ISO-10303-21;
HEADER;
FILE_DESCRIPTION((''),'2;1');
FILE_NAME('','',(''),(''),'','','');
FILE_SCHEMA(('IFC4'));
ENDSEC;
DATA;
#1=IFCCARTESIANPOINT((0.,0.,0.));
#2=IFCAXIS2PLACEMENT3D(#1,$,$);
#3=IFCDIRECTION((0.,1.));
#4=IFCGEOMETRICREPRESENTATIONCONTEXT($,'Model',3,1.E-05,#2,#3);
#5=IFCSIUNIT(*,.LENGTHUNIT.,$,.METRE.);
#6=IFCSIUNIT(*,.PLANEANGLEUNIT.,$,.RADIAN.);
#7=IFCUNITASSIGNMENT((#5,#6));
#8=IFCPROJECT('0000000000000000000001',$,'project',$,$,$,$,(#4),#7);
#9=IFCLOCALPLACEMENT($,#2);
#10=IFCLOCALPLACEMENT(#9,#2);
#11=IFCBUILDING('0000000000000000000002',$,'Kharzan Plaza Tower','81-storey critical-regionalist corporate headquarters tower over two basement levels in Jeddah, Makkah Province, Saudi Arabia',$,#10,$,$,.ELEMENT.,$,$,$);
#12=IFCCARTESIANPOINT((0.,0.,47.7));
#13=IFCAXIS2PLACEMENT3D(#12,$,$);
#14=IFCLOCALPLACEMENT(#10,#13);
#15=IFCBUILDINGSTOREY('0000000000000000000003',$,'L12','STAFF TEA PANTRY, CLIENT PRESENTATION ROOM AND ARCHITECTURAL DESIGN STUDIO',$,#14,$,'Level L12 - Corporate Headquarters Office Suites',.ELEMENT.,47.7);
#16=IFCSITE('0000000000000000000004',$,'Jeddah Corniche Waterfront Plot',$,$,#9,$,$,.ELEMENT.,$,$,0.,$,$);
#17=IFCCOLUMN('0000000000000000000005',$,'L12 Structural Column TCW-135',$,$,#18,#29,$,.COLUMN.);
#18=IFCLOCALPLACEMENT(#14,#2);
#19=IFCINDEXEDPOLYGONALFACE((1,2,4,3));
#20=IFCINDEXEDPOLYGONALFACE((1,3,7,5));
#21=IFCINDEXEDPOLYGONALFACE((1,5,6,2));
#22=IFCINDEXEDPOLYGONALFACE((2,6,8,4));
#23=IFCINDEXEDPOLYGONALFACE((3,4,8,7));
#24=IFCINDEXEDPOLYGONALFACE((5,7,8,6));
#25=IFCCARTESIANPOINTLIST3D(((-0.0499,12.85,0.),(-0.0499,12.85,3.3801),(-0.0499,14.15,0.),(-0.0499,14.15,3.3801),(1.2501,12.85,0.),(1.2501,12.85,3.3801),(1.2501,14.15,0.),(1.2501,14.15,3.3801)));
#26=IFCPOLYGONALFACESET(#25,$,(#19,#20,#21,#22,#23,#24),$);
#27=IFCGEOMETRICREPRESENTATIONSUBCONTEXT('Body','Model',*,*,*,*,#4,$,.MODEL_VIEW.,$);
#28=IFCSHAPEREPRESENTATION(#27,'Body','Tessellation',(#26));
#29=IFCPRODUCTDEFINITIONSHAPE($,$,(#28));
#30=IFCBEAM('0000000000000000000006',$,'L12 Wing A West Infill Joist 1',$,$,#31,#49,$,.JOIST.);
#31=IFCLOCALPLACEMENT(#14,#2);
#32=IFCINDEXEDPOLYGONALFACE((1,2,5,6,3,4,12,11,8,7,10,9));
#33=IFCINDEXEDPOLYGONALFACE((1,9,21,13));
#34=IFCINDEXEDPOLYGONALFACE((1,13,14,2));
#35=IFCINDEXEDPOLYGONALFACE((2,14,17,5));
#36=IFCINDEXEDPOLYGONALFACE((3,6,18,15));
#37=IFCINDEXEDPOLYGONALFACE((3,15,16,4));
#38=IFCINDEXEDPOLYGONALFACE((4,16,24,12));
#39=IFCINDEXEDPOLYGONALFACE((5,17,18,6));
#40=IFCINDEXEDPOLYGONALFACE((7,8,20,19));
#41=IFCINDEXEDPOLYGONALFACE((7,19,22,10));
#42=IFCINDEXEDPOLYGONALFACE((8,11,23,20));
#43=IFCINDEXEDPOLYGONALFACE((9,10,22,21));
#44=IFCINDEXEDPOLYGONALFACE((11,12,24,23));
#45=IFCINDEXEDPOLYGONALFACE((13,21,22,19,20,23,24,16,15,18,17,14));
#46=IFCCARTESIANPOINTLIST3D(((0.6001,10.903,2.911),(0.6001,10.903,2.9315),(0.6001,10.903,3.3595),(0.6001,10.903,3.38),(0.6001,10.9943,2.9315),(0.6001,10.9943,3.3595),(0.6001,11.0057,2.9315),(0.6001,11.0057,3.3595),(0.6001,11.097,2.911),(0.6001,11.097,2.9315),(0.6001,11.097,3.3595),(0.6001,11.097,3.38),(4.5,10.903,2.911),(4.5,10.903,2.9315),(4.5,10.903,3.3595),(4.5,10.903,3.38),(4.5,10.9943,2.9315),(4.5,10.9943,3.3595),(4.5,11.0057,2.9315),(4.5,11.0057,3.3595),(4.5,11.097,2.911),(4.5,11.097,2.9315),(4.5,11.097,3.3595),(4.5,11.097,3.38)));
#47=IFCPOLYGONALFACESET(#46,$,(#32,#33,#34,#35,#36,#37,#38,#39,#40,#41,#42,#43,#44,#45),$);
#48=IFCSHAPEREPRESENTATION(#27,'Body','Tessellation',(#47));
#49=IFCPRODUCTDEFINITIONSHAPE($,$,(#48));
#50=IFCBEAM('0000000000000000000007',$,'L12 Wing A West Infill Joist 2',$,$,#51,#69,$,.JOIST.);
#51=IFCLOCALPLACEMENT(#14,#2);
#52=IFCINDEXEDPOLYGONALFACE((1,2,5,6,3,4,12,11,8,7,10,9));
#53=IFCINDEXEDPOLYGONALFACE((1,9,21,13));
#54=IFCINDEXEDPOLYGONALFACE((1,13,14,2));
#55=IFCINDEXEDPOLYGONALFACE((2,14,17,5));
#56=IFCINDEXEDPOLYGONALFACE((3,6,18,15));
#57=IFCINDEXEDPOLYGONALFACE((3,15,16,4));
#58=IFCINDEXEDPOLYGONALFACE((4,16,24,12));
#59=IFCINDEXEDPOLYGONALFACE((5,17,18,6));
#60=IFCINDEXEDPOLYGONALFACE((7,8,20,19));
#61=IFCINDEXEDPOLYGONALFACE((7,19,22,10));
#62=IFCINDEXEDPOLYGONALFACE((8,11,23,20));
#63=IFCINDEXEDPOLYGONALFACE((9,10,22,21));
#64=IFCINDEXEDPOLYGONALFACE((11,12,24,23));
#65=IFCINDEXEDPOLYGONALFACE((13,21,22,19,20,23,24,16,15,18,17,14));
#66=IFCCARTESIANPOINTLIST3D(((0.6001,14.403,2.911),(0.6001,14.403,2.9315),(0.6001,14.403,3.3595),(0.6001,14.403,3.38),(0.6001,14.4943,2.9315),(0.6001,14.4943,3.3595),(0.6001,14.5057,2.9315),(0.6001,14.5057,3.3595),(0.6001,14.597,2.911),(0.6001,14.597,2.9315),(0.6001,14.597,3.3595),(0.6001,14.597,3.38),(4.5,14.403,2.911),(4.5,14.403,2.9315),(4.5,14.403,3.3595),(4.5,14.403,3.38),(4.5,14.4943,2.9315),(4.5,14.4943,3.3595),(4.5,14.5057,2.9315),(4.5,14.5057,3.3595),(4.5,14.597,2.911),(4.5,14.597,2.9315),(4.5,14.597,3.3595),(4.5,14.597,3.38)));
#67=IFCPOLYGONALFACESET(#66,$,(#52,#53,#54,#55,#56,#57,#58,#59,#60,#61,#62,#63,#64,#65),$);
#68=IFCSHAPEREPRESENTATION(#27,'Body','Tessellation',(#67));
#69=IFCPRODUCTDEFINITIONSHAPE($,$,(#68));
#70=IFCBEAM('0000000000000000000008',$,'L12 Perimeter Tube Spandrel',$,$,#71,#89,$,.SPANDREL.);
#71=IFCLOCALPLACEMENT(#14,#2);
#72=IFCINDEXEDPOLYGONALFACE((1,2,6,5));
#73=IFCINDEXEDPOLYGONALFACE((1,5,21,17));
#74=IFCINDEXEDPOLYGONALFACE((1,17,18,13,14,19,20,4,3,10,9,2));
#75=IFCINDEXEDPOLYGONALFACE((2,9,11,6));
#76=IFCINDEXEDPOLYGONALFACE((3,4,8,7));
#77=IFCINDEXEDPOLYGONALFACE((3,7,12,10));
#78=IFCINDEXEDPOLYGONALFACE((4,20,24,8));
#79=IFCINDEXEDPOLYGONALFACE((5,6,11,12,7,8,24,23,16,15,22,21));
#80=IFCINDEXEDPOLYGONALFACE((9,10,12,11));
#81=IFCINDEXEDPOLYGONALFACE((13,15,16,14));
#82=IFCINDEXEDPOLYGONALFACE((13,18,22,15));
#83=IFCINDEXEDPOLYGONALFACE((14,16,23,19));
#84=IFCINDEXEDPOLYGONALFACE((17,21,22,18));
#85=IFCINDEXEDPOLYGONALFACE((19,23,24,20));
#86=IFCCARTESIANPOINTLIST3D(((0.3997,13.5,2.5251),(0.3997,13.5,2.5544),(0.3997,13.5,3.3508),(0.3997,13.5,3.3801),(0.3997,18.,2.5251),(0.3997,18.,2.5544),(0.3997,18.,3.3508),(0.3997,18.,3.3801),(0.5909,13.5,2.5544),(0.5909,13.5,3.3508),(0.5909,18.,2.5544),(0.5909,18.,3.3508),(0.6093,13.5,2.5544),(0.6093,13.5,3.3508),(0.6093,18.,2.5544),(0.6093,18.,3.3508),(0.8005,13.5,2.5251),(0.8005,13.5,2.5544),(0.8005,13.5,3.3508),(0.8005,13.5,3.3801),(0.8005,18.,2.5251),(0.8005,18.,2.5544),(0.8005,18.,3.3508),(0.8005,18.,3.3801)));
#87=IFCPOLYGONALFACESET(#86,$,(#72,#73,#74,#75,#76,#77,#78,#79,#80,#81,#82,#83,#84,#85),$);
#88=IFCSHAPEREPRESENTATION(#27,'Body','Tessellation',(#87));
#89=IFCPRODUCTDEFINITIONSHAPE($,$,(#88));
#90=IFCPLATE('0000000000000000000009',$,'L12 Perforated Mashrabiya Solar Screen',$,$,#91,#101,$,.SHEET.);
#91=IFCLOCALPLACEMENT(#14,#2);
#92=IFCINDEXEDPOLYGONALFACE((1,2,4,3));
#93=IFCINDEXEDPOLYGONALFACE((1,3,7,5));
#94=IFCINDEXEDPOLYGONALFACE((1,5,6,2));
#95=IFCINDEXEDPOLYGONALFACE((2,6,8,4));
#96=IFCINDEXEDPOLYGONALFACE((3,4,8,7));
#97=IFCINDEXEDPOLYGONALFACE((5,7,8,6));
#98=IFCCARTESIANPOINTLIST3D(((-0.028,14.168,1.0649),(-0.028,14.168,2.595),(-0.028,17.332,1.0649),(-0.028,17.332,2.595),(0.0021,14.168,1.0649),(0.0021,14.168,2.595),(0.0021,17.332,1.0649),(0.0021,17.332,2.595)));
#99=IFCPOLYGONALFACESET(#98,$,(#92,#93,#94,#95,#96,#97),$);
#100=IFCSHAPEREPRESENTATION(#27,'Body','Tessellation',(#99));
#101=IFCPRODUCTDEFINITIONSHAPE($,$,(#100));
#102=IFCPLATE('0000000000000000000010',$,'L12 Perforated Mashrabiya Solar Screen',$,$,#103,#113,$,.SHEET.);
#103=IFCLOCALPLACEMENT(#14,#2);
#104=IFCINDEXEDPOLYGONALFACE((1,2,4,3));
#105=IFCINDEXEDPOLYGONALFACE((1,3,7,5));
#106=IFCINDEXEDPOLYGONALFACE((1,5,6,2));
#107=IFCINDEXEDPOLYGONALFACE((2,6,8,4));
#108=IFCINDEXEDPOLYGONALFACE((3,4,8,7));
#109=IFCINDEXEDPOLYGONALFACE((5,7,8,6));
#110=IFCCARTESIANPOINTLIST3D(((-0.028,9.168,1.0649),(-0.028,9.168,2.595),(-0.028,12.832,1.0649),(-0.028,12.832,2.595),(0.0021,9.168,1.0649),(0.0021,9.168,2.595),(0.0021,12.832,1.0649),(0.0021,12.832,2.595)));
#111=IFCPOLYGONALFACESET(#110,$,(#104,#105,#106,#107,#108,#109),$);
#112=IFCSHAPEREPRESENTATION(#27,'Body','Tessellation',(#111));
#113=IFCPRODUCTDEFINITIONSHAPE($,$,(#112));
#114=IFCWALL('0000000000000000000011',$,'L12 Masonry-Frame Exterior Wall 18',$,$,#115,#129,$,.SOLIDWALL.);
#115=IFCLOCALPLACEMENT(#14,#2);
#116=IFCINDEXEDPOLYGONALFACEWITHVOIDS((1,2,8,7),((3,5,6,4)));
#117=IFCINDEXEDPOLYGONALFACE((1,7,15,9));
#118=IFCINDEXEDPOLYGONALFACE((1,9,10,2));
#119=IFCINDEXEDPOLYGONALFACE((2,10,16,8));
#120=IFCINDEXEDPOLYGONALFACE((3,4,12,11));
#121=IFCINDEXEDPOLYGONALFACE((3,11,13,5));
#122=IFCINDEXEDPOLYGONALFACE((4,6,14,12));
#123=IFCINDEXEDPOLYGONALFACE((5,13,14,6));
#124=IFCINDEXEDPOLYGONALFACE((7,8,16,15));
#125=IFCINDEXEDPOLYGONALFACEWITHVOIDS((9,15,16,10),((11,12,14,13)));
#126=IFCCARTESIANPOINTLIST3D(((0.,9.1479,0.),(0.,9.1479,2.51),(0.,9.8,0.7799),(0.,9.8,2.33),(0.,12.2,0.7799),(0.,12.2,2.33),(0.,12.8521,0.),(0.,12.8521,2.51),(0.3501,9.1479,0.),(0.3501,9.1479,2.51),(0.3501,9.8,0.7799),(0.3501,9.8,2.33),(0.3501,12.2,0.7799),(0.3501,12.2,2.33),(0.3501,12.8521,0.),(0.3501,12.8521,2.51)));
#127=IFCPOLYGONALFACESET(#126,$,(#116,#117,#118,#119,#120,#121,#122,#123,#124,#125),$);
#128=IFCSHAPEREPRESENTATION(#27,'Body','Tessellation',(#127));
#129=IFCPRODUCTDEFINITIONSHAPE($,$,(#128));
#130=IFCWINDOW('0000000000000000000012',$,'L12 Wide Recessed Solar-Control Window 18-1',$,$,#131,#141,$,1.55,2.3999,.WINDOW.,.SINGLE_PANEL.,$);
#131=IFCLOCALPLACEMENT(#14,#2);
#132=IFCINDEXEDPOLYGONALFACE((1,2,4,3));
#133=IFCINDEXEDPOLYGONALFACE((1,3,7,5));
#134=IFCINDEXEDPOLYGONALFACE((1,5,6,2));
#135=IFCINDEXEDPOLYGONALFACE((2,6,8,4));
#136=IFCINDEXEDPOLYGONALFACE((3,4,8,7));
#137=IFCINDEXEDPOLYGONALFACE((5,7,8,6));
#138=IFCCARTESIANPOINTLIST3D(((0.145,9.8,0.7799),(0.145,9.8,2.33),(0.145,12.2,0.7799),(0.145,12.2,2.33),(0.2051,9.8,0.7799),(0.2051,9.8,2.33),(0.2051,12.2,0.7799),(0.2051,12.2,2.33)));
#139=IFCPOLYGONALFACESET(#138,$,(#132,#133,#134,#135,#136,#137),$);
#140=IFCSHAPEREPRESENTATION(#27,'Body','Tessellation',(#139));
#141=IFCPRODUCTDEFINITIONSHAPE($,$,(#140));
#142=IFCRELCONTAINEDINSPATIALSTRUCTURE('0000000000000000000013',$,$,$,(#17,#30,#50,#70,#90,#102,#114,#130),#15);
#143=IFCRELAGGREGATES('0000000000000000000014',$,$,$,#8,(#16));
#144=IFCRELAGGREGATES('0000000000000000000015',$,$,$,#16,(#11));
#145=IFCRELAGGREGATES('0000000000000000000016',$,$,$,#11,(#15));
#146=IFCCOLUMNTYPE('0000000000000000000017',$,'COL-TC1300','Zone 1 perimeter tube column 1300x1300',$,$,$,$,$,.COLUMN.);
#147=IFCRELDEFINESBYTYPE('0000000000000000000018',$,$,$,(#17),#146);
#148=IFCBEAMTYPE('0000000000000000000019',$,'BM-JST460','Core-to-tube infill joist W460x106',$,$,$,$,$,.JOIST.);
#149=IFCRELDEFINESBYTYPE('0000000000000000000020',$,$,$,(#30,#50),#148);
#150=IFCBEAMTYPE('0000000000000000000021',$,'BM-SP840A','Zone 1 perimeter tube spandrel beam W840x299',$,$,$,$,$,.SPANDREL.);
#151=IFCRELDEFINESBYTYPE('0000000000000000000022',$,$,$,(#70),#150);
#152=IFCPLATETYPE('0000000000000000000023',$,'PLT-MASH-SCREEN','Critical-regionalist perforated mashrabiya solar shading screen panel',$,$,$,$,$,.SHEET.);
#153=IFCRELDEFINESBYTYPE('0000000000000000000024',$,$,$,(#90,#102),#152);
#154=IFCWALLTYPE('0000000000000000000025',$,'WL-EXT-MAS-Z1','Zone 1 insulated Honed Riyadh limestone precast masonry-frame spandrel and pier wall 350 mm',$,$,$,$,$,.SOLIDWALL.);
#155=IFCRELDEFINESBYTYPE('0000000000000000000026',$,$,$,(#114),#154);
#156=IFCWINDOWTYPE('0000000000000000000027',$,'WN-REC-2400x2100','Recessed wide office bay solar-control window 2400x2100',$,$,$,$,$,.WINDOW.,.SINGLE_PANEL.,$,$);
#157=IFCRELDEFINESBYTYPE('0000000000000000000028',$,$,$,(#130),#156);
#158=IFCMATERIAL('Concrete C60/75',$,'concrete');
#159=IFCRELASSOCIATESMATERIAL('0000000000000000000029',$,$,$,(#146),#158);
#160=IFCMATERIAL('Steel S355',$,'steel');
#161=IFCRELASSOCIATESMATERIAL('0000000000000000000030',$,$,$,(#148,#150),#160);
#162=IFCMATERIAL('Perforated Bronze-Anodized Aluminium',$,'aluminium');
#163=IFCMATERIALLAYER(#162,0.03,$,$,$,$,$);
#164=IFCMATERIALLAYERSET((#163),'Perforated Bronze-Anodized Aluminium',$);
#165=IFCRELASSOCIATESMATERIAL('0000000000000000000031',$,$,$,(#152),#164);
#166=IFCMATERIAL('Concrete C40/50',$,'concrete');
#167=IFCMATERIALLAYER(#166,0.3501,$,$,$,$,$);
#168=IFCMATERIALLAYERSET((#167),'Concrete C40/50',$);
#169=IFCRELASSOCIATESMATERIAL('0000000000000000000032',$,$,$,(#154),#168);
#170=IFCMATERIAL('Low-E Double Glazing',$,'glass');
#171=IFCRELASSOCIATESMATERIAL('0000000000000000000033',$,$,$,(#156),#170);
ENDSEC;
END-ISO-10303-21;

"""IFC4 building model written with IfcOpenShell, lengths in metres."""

from ifc_helpers import new_model, si_unit, direction, frame, frame_2d, origin, origin_2d, place, context, subcontext, project, spatial, rectangle, i_section, extrude, source, transform, mapped, material, layer, layer_set, material_profile, profile_set, type_object, element, fill, save


model = new_model("IFC4")

# Units and contexts
model_context = context("Model", 3, precision=1e-05, world=origin(), true_north=direction((0.0, 1.0)))
body_context = subcontext(model_context, "Body", "Model", "MODEL_VIEW")
ifc_project = project(units=[si_unit("LENGTHUNIT", "METRE"), si_unit("PLANEANGLEUNIT", "RADIAN")], contexts=[model_context])

# Site, building, storey
site_placement = place(None, origin())
site = spatial("IfcSite", under=ifc_project, at=site_placement, Name="Jeddah Corniche Waterfront Plot", CompositionType="ELEMENT", RefElevation=0.0)
building_placement = place(site_placement, origin())
building = spatial("IfcBuilding", under=site, at=building_placement, Name="Kharzan Plaza Tower", Description="81-storey critical-regionalist corporate headquarters tower over two basement levels in Jeddah, Makkah Province, Saudi Arabia", CompositionType="ELEMENT")
storey_placement = place(building_placement, frame((0.0, 0.0, 47.7)))
storey = spatial("IfcBuildingStorey", under=building, at=storey_placement, Name="L12", Description="STAFF TEA PANTRY, CLIENT PRESENTATION ROOM AND ARCHITECTURAL DESIGN STUDIO", LongName="Level L12 - Corporate Headquarters Office Suites", CompositionType="ELEMENT", Elevation=47.7)

# Column
ifc_material_1 = material(Name="Concrete C60/75", Category="concrete")
ifc_material_profile_1 = material_profile(ifc_material_1, rectangle(XDim=1.3, YDim=1.3, at=origin_2d()), Name="RC-TC1300x1300")
ifc_profile_set_1 = profile_set([ifc_material_profile_1], Name="Concrete C60/75")
column_type = type_object("IfcColumnType", Name="COL-TC1300", Description="Zone 1 perimeter tube column 1300x1300", PredefinedType="COLUMN", material=ifc_profile_set_1)
shared_shape_1 = source(origin(), body_context, "Body", "SweptSolid", [
    extrude(rectangle(XDim=1.3, YDim=1.3, at=origin_2d()), origin(), (0.0, 0.0, 1.0), 3.3801),
])
column_placement = place(storey_placement, frame((0.6001, 13.5, 0.0), z_axis=(0.0, 0.0, 1.0), x_axis=(1.0, 0.0, 0.0)))
element("IfcColumn", 1, at=column_placement, inside=storey, type_object=column_type, Name="L12 Structural Column TCW-135", PredefinedType="COLUMN", context=body_context, shape_type="MappedRepresentation", body=[
    mapped(shared_shape_1, transform((0.0, 0.0, 0.0), x_axis=(1.0, 0.0, 0.0), y_axis=(0.0, 1.0, 0.0), z_axis=(0.0, 0.0, 1.0))),
])

# Beams
ifc_material_2 = material(Name="Steel S355", Category="steel")
ifc_material_profile_2 = material_profile(ifc_material_2, i_section(OverallWidth=0.1941, OverallDepth=0.469, WebThickness=0.0115, FlangeThickness=0.0205, at=origin_2d()), Name="W460x106")
ifc_profile_set_2 = profile_set([ifc_material_profile_2], Name="Steel S355")
beam_type_1 = type_object("IfcBeamType", Name="BM-JST460", Description="Core-to-tube infill joist W460x106", PredefinedType="JOIST", material=ifc_profile_set_2)
shared_shape_2 = source(origin(), body_context, "Body", "SweptSolid", [
    extrude(i_section(OverallWidth=0.1941, OverallDepth=0.469, WebThickness=0.0115, FlangeThickness=0.0205, at=origin_2d()), origin(), (0.0, 0.0, 1.0), 3.8999),
])
for number, where, z_axis, x_axis, name in (
    (2, (0.6001, 11.0, 3.1455), (1.0, 0.0, 0.0), (0.0, 1.0, 0.0), "L12 Wing A West Infill Joist 1"),
    (3, (0.6001, 14.5, 3.1455), (1.0, 0.0, 0.0), (0.0, 1.0, 0.0), "L12 Wing A West Infill Joist 2"),
):
    element("IfcBeam", number, at=place(storey_placement, frame(where, z_axis=z_axis, x_axis=x_axis)), inside=storey, type_object=beam_type_1, Name=name, PredefinedType="JOIST", context=body_context, shape_type="MappedRepresentation", body=[
        mapped(shared_shape_2, transform((0.0, 0.0, 0.0), x_axis=(1.0, 0.0, 0.0), y_axis=(0.0, 1.0, 0.0), z_axis=(0.0, 0.0, 1.0))),
    ])
ifc_material_profile_3 = material_profile(ifc_material_2, i_section(OverallWidth=0.4009, OverallDepth=0.855, WebThickness=0.0183, FlangeThickness=0.0293, at=origin_2d()), Name="W840x299")
ifc_profile_set_3 = profile_set([ifc_material_profile_3], Name="Steel S355")
beam_type_2 = type_object("IfcBeamType", Name="BM-SP840A", Description="Zone 1 perimeter tube spandrel beam W840x299", PredefinedType="SPANDREL", material=ifc_profile_set_3)
shared_shape_3 = source(origin(), body_context, "Body", "SweptSolid", [
    extrude(i_section(OverallWidth=0.4009, OverallDepth=0.855, WebThickness=0.0183, FlangeThickness=0.0293, at=origin_2d()), origin(), (0.0, 0.0, 1.0), 4.5),
])
beam_placement = place(storey_placement, frame((0.6001, 13.5, 2.9526), z_axis=(0.0, 1.0, 0.0), x_axis=(-1.0, 0.0, 0.0)))
element("IfcBeam", 4, at=beam_placement, inside=storey, type_object=beam_type_2, Name="L12 Perimeter Tube Spandrel", PredefinedType="SPANDREL", context=body_context, shape_type="MappedRepresentation", body=[
    mapped(shared_shape_3, transform((0.0, 0.0, 0.0), x_axis=(1.0, 0.0, 0.0), y_axis=(0.0, 1.0, 0.0), z_axis=(0.0, 0.0, 1.0))),
])

# Plates
ifc_material_3 = material(Name="Perforated Bronze-Anodized Aluminium", Category="aluminium")
ifc_layer_1 = layer(ifc_material_3, 0.03)
ifc_layer_set_1 = layer_set([ifc_layer_1], Name="Perforated Bronze-Anodized Aluminium")
plate_type = type_object("IfcPlateType", Name="PLT-MASH-SCREEN", Description="Critical-regionalist perforated mashrabiya solar shading screen panel", PredefinedType="SHEET", material=ifc_layer_set_1)
shared_shape_4 = source(origin(), body_context, "Body", "SweptSolid", [
    extrude(rectangle(XDim=3.1641, YDim=0.03, at=origin_2d()), origin(), (0.0, 0.0, 1.0), 1.53),
])
plate_1_placement = place(storey_placement, frame((-0.0129, 15.75, 1.0649), z_axis=(0.0, 0.0, 1.0), x_axis=(0.0, -1.0, 0.0)))
element("IfcPlate", 5, at=plate_1_placement, inside=storey, type_object=plate_type, Name="L12 Perforated Mashrabiya Solar Screen", PredefinedType="SHEET", context=body_context, shape_type="MappedRepresentation", body=[
    mapped(shared_shape_4, transform((0.0, 0.0, 0.0), x_axis=(1.0, 0.0, 0.0), y_axis=(0.0, 1.0, 0.0), z_axis=(0.0, 0.0, 1.0))),
])
shared_shape_5 = source(origin(), body_context, "Body", "SweptSolid", [
    extrude(rectangle(XDim=3.6641, YDim=0.03, at=origin_2d()), origin(), (0.0, 0.0, 1.0), 1.53),
])
plate_2_placement = place(storey_placement, frame((-0.0129, 11.0, 1.0649), z_axis=(0.0, 0.0, 1.0), x_axis=(0.0, -1.0, 0.0)))
element("IfcPlate", 6, at=plate_2_placement, inside=storey, type_object=plate_type, Name="L12 Perforated Mashrabiya Solar Screen", PredefinedType="SHEET", context=body_context, shape_type="MappedRepresentation", body=[
    mapped(shared_shape_5, transform((0.0, 0.0, 0.0), x_axis=(1.0, 0.0, 0.0), y_axis=(0.0, 1.0, 0.0), z_axis=(0.0, 0.0, 1.0))),
])

# Wall, opening, window
ifc_material_4 = material(Name="Concrete C40/50", Category="concrete")
ifc_layer_2 = layer(ifc_material_4, 0.3501)
ifc_layer_set_2 = layer_set([ifc_layer_2], Name="Concrete C40/50")
wall_type_1 = type_object("IfcWallType", Name="WL-EXT-MAS-Z1", Description="Zone 1 insulated Honed Riyadh limestone precast masonry-frame spandrel and pier wall 350 mm", PredefinedType="SOLIDWALL", material=ifc_layer_set_2)
wall_1_placement = place(storey_placement, frame((0.175, 12.8521, 0.0), z_axis=(0.0, 0.0, 1.0), x_axis=(0.0, -1.0, 0.0)))
wall_1 = element("IfcWall", 7, at=wall_1_placement, inside=storey, type_object=wall_type_1, Name="L12 Masonry-Frame Exterior Wall 18", PredefinedType="SOLIDWALL", context=body_context, shape_type="SweptSolid", body=[
    extrude(rectangle(XDim=3.7041, YDim=0.3501, at=frame_2d((1.8521, 0.0))), origin(), (0.0, 0.0, 1.0), 2.51),
])
opening_1_placement = place(wall_1_placement, frame((0.6521, 0.0, 0.78)))
opening_1 = element("IfcOpeningElement", 8, at=opening_1_placement, cuts=wall_1, PredefinedType="OPENING", context=body_context, shape_type="SweptSolid", body=[
    extrude(rectangle(XDim=2.3999, YDim=1.55, at=frame_2d((1.2, 0.7749))), frame((0.0, 0.1851, 0.0), z_axis=(0.0, -1.0, 0.0), x_axis=(1.0, 0.0, 0.0)), (0.0, 0.0, 1.0), 0.3701),
])
ifc_material_5 = material(Name="Low-E Double Glazing", Category="glass")
window_type = type_object("IfcWindowType", Name="WN-REC-2400x2100", Description="Recessed wide office bay solar-control window 2400x2100", PartitioningType="SINGLE_PANEL", PredefinedType="WINDOW", material=ifc_material_5)
shared_shape_6 = source(origin(), body_context, "Body", "SweptSolid", [
    extrude(rectangle(XDim=2.3999, YDim=1.55, at=frame_2d((1.2, 0.7749))), frame((0.0, 0.03, 0.0), z_axis=(0.0, -1.0, 0.0), x_axis=(1.0, 0.0, 0.0)), (0.0, 0.0, 1.0), 0.0601),
])
window_placement = place(opening_1_placement, origin())
window = element("IfcWindow", 9, at=window_placement, inside=storey, type_object=window_type, Name="L12 Wide Recessed Solar-Control Window 18-1", OverallHeight=1.55, OverallWidth=2.3999, PartitioningType="SINGLE_PANEL", PredefinedType="WINDOW", context=body_context, shape_type="MappedRepresentation", body=[
    mapped(shared_shape_6, transform((0.0, 0.0, 0.0), x_axis=(1.0, 0.0, 0.0), y_axis=(0.0, 1.0, 0.0), z_axis=(0.0, 0.0, 1.0))),
])
fill(opening_1, window)

save(model, "model.ifc")
